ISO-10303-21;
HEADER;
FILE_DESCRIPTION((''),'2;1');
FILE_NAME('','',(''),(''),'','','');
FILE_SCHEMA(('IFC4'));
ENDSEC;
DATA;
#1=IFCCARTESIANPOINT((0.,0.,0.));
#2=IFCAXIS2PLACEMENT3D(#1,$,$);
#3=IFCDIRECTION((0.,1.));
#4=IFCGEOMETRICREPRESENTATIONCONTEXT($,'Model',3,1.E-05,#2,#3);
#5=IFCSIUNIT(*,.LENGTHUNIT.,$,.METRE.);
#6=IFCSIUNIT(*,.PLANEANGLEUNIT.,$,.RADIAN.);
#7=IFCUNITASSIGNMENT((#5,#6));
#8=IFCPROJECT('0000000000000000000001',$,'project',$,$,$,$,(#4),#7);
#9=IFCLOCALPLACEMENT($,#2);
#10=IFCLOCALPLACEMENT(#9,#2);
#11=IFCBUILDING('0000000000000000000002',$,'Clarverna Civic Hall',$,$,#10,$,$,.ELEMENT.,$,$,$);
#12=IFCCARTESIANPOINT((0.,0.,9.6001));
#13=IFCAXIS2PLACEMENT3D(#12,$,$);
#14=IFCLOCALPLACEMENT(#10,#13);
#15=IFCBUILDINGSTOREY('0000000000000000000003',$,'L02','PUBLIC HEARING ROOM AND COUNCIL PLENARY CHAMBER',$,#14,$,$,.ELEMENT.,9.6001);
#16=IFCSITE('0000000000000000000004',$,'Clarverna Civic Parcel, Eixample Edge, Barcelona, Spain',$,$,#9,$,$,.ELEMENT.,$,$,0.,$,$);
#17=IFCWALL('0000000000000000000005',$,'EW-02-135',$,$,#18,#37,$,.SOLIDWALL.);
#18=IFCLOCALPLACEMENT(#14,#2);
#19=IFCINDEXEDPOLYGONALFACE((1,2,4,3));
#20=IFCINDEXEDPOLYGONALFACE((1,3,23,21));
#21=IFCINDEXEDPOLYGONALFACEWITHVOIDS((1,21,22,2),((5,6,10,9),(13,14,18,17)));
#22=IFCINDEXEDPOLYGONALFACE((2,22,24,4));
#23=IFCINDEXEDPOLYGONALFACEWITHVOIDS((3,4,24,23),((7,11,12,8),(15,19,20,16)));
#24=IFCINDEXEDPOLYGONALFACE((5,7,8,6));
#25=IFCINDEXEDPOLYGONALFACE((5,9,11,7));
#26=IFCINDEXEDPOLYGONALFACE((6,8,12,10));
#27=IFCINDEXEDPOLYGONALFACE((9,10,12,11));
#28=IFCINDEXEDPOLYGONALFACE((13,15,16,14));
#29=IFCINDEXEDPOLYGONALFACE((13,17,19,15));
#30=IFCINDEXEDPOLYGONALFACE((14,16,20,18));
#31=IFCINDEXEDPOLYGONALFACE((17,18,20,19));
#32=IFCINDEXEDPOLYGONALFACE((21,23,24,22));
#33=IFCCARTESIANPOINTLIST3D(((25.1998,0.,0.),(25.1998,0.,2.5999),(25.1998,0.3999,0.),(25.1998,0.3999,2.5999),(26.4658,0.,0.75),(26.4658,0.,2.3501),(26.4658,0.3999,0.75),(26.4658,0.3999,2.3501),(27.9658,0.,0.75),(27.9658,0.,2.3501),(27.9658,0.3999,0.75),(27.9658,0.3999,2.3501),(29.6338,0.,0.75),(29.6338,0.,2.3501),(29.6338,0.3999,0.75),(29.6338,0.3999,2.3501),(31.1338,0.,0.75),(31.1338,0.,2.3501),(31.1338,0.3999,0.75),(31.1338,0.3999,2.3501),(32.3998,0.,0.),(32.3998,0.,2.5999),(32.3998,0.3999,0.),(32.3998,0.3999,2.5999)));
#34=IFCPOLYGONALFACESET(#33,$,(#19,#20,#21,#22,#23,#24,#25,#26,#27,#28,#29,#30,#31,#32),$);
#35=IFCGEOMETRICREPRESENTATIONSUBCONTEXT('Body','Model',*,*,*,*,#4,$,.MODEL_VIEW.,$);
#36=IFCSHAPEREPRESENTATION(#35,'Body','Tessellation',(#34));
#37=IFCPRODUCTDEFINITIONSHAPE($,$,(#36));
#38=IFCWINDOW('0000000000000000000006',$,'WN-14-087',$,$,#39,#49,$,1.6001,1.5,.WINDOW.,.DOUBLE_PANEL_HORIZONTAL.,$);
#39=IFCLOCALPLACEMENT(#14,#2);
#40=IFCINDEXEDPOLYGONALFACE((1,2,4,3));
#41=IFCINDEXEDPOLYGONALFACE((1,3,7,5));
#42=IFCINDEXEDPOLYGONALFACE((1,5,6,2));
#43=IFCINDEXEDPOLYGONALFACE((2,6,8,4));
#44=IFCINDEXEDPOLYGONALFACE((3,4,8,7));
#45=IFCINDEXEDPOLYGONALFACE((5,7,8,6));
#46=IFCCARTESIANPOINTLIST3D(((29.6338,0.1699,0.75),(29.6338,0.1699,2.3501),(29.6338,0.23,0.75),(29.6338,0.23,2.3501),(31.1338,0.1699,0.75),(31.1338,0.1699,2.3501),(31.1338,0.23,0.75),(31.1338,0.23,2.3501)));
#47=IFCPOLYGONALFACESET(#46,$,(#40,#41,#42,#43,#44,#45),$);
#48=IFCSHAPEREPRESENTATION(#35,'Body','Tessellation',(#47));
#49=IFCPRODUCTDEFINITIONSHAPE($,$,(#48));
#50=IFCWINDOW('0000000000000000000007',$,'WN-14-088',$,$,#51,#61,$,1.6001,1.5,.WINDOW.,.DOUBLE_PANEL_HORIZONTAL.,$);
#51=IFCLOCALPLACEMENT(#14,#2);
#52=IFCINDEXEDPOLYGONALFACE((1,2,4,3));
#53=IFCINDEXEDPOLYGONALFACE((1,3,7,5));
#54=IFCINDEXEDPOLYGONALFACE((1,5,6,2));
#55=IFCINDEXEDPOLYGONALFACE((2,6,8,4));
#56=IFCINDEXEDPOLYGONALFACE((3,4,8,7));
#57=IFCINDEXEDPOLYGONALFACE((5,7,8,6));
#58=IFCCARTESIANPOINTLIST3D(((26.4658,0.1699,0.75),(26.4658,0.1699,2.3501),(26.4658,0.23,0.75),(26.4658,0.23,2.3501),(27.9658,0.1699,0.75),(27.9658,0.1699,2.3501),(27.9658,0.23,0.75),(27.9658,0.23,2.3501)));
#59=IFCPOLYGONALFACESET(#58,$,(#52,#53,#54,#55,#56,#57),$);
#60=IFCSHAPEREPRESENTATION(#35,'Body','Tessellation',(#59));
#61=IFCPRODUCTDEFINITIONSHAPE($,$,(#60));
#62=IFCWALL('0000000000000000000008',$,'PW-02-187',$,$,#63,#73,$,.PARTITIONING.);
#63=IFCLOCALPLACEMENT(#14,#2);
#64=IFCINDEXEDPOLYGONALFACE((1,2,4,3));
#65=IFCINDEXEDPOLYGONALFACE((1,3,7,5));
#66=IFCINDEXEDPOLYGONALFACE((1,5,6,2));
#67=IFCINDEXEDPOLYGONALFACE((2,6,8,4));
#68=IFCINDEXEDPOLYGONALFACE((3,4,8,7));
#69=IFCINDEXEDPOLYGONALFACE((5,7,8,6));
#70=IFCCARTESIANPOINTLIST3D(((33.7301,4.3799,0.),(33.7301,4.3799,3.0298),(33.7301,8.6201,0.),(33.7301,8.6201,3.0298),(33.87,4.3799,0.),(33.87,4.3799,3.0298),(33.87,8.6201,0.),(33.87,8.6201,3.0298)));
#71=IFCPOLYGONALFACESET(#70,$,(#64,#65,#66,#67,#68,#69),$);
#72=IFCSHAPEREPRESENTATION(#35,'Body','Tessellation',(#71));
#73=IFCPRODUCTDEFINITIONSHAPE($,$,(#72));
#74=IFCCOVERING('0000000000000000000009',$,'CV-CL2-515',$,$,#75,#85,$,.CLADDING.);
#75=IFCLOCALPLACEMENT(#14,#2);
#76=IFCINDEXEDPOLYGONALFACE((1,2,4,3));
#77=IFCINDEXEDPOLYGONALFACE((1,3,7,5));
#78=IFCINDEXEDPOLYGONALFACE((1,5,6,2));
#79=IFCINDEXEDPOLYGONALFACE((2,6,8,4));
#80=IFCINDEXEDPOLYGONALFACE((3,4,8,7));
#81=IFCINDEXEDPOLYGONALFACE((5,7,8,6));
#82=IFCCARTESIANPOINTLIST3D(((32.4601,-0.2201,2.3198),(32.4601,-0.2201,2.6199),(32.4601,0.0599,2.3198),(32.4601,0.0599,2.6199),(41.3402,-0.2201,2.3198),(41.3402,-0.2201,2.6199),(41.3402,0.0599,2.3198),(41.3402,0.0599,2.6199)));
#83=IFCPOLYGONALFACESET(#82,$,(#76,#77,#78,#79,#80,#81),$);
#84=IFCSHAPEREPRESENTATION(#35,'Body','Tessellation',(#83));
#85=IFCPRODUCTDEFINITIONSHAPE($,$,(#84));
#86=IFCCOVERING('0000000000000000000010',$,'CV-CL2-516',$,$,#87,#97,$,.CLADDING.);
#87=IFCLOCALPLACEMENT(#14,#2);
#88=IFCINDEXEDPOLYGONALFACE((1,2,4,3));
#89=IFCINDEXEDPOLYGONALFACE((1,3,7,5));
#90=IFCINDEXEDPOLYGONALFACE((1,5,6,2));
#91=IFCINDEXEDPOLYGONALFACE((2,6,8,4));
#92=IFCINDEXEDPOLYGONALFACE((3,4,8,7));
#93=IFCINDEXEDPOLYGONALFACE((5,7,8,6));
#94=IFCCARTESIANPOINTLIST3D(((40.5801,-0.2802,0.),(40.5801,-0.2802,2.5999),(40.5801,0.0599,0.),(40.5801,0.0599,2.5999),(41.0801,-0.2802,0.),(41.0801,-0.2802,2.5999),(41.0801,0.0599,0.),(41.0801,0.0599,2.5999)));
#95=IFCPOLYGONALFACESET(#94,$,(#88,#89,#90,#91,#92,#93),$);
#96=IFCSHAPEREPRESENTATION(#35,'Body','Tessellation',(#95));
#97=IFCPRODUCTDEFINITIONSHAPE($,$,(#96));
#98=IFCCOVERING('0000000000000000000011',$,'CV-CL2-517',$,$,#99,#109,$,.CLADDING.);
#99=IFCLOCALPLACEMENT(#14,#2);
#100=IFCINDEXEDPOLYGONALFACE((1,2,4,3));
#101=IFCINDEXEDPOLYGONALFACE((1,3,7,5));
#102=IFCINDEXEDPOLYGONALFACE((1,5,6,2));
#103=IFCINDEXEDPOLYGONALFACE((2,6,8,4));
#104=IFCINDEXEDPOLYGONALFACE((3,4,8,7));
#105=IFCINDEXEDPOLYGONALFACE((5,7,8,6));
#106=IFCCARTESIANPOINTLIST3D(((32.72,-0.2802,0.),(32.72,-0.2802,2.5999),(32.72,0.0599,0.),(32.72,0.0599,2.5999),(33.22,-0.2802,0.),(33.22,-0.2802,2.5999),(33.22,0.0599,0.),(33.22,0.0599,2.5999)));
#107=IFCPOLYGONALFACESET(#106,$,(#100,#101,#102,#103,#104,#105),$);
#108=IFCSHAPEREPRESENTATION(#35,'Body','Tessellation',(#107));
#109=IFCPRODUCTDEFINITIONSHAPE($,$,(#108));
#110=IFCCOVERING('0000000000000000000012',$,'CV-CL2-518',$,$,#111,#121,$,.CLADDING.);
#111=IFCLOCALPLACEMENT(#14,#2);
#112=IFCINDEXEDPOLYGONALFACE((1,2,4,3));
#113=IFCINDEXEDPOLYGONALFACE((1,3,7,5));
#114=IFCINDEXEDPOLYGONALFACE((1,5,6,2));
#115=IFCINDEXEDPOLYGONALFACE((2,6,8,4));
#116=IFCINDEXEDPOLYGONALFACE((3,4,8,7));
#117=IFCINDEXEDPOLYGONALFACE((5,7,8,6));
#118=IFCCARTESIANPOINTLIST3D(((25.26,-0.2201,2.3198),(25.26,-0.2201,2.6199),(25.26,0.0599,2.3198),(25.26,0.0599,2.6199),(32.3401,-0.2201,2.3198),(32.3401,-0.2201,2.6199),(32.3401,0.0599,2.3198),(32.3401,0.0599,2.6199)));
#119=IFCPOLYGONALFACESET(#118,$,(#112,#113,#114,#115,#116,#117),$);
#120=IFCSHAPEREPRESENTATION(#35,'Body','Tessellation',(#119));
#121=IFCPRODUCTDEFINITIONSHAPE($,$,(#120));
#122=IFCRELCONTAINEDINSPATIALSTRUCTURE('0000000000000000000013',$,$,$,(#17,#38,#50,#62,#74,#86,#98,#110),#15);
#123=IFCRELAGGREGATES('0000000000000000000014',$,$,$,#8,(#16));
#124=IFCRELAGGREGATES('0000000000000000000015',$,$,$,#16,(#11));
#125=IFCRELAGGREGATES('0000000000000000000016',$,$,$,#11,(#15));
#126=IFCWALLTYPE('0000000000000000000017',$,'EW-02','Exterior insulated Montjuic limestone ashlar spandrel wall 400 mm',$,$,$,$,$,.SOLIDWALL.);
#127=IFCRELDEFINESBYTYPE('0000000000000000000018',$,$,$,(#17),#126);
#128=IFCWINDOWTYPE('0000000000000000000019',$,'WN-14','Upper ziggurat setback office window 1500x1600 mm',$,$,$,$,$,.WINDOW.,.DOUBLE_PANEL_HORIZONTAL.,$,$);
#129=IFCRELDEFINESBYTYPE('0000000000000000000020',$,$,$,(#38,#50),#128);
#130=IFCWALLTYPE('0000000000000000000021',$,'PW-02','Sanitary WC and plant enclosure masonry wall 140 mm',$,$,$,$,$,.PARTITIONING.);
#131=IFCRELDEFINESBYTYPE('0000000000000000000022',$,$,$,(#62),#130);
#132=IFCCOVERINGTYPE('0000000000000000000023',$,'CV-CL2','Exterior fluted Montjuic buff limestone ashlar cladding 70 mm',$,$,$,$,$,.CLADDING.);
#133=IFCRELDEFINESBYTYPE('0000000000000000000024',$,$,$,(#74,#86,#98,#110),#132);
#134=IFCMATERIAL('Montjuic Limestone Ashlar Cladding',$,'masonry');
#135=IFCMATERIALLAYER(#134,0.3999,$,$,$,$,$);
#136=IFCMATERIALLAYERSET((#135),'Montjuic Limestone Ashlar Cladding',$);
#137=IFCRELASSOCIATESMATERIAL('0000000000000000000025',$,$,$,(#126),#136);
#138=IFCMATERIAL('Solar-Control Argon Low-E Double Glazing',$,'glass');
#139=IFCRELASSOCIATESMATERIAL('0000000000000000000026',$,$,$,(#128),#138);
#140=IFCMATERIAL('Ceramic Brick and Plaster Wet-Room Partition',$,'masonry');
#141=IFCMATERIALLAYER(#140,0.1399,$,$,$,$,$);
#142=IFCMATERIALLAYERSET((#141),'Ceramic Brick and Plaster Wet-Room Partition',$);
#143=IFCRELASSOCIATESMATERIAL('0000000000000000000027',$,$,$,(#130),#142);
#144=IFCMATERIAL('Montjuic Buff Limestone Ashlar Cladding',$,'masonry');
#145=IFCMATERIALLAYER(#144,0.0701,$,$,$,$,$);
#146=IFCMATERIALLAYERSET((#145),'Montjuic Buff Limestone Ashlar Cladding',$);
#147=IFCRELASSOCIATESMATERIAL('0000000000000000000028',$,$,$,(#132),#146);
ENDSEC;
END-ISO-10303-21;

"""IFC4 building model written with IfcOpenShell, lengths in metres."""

from ifc_helpers import new_model, si_unit, direction, frame, frame_2d, origin, place, context, subcontext, project, spatial, rectangle, extrude, material, layer, layer_set, type_object, element, fill, save


model = new_model("IFC4")

# Units and contexts
model_context = context("Model", 3, precision=1e-05, world=origin(), true_north=direction((0.0, 1.0)))
body_context = subcontext(model_context, "Body", "Model", "MODEL_VIEW")
ifc_project = project(units=[si_unit("LENGTHUNIT", "METRE"), si_unit("PLANEANGLEUNIT", "RADIAN")], contexts=[model_context])

# Site, building, storey
site_placement = place(None, origin())
site = spatial("IfcSite", under=ifc_project, at=site_placement, Name="Clarverna Civic Parcel, Eixample Edge, Barcelona, Spain", CompositionType="ELEMENT", RefElevation=0.0)
building_placement = place(site_placement, origin())
building = spatial("IfcBuilding", under=site, at=building_placement, Name="Clarverna Civic Hall", CompositionType="ELEMENT")
storey_placement = place(building_placement, frame((0.0, 0.0, 9.6001)))
storey = spatial("IfcBuildingStorey", under=building, at=storey_placement, Name="L02", Description="PUBLIC HEARING ROOM AND COUNCIL PLENARY CHAMBER", CompositionType="ELEMENT", Elevation=9.6001)

# Shared definitions
ifc_material_1 = material(Name="Montjuic Limestone Ashlar Cladding", Category="masonry")
ifc_layer_1 = layer(ifc_material_1, 0.3999)
ifc_layer_set_1 = layer_set([ifc_layer_1], Name="Montjuic Limestone Ashlar Cladding")
wall_type_1 = type_object("IfcWallType", Name="EW-02", Description="Exterior insulated Montjuic limestone ashlar spandrel wall 400 mm", PredefinedType="SOLIDWALL", material=ifc_layer_set_1)
ifc_material_2 = material(Name="Solar-Control Argon Low-E Double Glazing", Category="glass")
window_type = type_object("IfcWindowType", Name="WN-14", Description="Upper ziggurat setback office window 1500x1600 mm", PartitioningType="DOUBLE_PANEL_HORIZONTAL", PredefinedType="WINDOW", material=ifc_material_2)

# Wall, openings, windows
wall_1_placement = place(storey_placement, frame((32.3999, 0.2, 0.0), z_axis=(0.0, 0.0, 1.0), x_axis=(-1.0, 0.0, 0.0)))
wall_1 = element("IfcWall", 1, at=wall_1_placement, inside=storey, type_object=wall_type_1, Name="EW-02-135", PredefinedType="SOLIDWALL", context=body_context, shape_type="SweptSolid", body=[
    extrude(rectangle(XDim=7.2, YDim=0.3999, at=frame_2d((3.6001, 0.0))), origin(), (0.0, 0.0, 1.0), 2.5999),
])
opening_1_placement = place(wall_1_placement, frame((1.2661, 0.0, 0.75)))
opening_1 = element("IfcOpeningElement", 2, at=opening_1_placement, cuts=wall_1, PredefinedType="OPENING", context=body_context, shape_type="SweptSolid", body=[
    extrude(rectangle(XDim=1.5, YDim=1.6001, at=frame_2d((0.75, 0.8))), frame((0.0, 0.21, 0.0), z_axis=(0.0, -1.0, 0.0), x_axis=(1.0, 0.0, 0.0)), (0.0, 0.0, 1.0), 0.4199),
])
opening_2_placement = place(wall_1_placement, frame((4.4341, 0.0, 0.75)))
opening_2 = element("IfcOpeningElement", 3, at=opening_2_placement, cuts=wall_1, PredefinedType="OPENING", context=body_context, shape_type="SweptSolid", body=[
    extrude(rectangle(XDim=1.5, YDim=1.6001, at=frame_2d((0.75, 0.8))), frame((0.0, 0.21, 0.0), z_axis=(0.0, -1.0, 0.0), x_axis=(1.0, 0.0, 0.0)), (0.0, 0.0, 1.0), 0.4199),
])
window_1_placement = place(opening_1_placement, origin())
window_1 = element("IfcWindow", 4, at=window_1_placement, inside=storey, type_object=window_type, Name="WN-14-087", OverallHeight=1.6001, OverallWidth=1.5, PartitioningType="DOUBLE_PANEL_HORIZONTAL", PredefinedType="WINDOW", context=body_context, shape_type="SweptSolid", body=[
    extrude(rectangle(XDim=1.5, YDim=1.6001, at=frame_2d((0.75, 0.8))), frame((0.0, 0.03, 0.0), z_axis=(0.0, -1.0, 0.0), x_axis=(1.0, 0.0, 0.0)), (0.0, 0.0, 1.0), 0.0601),
])
fill(opening_1, window_1)
window_2_placement = place(opening_2_placement, origin())
window_2 = element("IfcWindow", 5, at=window_2_placement, inside=storey, type_object=window_type, Name="WN-14-088", OverallHeight=1.6001, OverallWidth=1.5, PartitioningType="DOUBLE_PANEL_HORIZONTAL", PredefinedType="WINDOW", context=body_context, shape_type="SweptSolid", body=[
    extrude(rectangle(XDim=1.5, YDim=1.6001, at=frame_2d((0.75, 0.8))), frame((0.0, 0.03, 0.0), z_axis=(0.0, -1.0, 0.0), x_axis=(1.0, 0.0, 0.0)), (0.0, 0.0, 1.0), 0.0601),
])
fill(opening_2, window_2)

# Wall
ifc_material_3 = material(Name="Ceramic Brick and Plaster Wet-Room Partition", Category="masonry")
ifc_layer_2 = layer(ifc_material_3, 0.1399)
ifc_layer_set_2 = layer_set([ifc_layer_2], Name="Ceramic Brick and Plaster Wet-Room Partition")
wall_type_2 = type_object("IfcWallType", Name="PW-02", Description="Sanitary WC and plant enclosure masonry wall 140 mm", PredefinedType="PARTITIONING", material=ifc_layer_set_2)
wall_2_placement = place(storey_placement, frame((33.8, 4.3799, 0.0), z_axis=(0.0, 0.0, 1.0), x_axis=(0.0, 1.0, 0.0)))
element("IfcWall", 6, at=wall_2_placement, inside=storey, type_object=wall_type_2, Name="PW-02-187", PredefinedType="PARTITIONING", context=body_context, shape_type="SweptSolid", body=[
    extrude(rectangle(XDim=4.2402, YDim=0.1399, at=frame_2d((2.1201, 0.0))), origin(), (0.0, 0.0, 1.0), 3.0298),
])

# Coverings
ifc_material_4 = material(Name="Montjuic Buff Limestone Ashlar Cladding", Category="masonry")
ifc_layer_3 = layer(ifc_material_4, 0.0701)
ifc_layer_set_3 = layer_set([ifc_layer_3], Name="Montjuic Buff Limestone Ashlar Cladding")
covering_type = type_object("IfcCoveringType", Name="CV-CL2", Description="Exterior fluted Montjuic buff limestone ashlar cladding 70 mm", PredefinedType="CLADDING", material=ifc_layer_set_3)
covering_1_placement = place(storey_placement, frame((41.3401, -0.0801, 2.3198), z_axis=(0.0, 0.0, 1.0), x_axis=(-1.0, 0.0, 0.0)))
element("IfcCovering", 7, at=covering_1_placement, inside=storey, type_object=covering_type, Name="CV-CL2-515", PredefinedType="CLADDING", context=body_context, shape_type="SweptSolid", body=[
    extrude(rectangle(XDim=8.8801, YDim=0.28, at=frame_2d((4.4399, 0.0))), origin(), (0.0, 0.0, 1.0), 0.3),
])
for number, where, z_axis, x_axis, name in (
    (8, (41.0801, -0.1101, 0.0), (0.0, 0.0, 1.0), (-1.0, 0.0, 0.0), "CV-CL2-516"),
    (9, (33.22, -0.1101, 0.0), (0.0, 0.0, 1.0), (-1.0, 0.0, 0.0), "CV-CL2-517"),
):
    element("IfcCovering", number, at=place(storey_placement, frame(where, z_axis=z_axis, x_axis=x_axis)), inside=storey, type_object=covering_type, Name=name, PredefinedType="CLADDING", context=body_context, shape_type="SweptSolid", body=[
        extrude(rectangle(XDim=0.5, YDim=0.3401, at=frame_2d((0.25, 0.0))), origin(), (0.0, 0.0, 1.0), 2.5999),
    ])
covering_2_placement = place(storey_placement, frame((32.3401, -0.0801, 2.3198), z_axis=(0.0, 0.0, 1.0), x_axis=(-1.0, 0.0, 0.0)))
element("IfcCovering", 10, at=covering_2_placement, inside=storey, type_object=covering_type, Name="CV-CL2-518", PredefinedType="CLADDING", context=body_context, shape_type="SweptSolid", body=[
    extrude(rectangle(XDim=7.0801, YDim=0.28, at=frame_2d((3.54, 0.0))), origin(), (0.0, 0.0, 1.0), 0.3),
])

save(model, "model.ifc")
